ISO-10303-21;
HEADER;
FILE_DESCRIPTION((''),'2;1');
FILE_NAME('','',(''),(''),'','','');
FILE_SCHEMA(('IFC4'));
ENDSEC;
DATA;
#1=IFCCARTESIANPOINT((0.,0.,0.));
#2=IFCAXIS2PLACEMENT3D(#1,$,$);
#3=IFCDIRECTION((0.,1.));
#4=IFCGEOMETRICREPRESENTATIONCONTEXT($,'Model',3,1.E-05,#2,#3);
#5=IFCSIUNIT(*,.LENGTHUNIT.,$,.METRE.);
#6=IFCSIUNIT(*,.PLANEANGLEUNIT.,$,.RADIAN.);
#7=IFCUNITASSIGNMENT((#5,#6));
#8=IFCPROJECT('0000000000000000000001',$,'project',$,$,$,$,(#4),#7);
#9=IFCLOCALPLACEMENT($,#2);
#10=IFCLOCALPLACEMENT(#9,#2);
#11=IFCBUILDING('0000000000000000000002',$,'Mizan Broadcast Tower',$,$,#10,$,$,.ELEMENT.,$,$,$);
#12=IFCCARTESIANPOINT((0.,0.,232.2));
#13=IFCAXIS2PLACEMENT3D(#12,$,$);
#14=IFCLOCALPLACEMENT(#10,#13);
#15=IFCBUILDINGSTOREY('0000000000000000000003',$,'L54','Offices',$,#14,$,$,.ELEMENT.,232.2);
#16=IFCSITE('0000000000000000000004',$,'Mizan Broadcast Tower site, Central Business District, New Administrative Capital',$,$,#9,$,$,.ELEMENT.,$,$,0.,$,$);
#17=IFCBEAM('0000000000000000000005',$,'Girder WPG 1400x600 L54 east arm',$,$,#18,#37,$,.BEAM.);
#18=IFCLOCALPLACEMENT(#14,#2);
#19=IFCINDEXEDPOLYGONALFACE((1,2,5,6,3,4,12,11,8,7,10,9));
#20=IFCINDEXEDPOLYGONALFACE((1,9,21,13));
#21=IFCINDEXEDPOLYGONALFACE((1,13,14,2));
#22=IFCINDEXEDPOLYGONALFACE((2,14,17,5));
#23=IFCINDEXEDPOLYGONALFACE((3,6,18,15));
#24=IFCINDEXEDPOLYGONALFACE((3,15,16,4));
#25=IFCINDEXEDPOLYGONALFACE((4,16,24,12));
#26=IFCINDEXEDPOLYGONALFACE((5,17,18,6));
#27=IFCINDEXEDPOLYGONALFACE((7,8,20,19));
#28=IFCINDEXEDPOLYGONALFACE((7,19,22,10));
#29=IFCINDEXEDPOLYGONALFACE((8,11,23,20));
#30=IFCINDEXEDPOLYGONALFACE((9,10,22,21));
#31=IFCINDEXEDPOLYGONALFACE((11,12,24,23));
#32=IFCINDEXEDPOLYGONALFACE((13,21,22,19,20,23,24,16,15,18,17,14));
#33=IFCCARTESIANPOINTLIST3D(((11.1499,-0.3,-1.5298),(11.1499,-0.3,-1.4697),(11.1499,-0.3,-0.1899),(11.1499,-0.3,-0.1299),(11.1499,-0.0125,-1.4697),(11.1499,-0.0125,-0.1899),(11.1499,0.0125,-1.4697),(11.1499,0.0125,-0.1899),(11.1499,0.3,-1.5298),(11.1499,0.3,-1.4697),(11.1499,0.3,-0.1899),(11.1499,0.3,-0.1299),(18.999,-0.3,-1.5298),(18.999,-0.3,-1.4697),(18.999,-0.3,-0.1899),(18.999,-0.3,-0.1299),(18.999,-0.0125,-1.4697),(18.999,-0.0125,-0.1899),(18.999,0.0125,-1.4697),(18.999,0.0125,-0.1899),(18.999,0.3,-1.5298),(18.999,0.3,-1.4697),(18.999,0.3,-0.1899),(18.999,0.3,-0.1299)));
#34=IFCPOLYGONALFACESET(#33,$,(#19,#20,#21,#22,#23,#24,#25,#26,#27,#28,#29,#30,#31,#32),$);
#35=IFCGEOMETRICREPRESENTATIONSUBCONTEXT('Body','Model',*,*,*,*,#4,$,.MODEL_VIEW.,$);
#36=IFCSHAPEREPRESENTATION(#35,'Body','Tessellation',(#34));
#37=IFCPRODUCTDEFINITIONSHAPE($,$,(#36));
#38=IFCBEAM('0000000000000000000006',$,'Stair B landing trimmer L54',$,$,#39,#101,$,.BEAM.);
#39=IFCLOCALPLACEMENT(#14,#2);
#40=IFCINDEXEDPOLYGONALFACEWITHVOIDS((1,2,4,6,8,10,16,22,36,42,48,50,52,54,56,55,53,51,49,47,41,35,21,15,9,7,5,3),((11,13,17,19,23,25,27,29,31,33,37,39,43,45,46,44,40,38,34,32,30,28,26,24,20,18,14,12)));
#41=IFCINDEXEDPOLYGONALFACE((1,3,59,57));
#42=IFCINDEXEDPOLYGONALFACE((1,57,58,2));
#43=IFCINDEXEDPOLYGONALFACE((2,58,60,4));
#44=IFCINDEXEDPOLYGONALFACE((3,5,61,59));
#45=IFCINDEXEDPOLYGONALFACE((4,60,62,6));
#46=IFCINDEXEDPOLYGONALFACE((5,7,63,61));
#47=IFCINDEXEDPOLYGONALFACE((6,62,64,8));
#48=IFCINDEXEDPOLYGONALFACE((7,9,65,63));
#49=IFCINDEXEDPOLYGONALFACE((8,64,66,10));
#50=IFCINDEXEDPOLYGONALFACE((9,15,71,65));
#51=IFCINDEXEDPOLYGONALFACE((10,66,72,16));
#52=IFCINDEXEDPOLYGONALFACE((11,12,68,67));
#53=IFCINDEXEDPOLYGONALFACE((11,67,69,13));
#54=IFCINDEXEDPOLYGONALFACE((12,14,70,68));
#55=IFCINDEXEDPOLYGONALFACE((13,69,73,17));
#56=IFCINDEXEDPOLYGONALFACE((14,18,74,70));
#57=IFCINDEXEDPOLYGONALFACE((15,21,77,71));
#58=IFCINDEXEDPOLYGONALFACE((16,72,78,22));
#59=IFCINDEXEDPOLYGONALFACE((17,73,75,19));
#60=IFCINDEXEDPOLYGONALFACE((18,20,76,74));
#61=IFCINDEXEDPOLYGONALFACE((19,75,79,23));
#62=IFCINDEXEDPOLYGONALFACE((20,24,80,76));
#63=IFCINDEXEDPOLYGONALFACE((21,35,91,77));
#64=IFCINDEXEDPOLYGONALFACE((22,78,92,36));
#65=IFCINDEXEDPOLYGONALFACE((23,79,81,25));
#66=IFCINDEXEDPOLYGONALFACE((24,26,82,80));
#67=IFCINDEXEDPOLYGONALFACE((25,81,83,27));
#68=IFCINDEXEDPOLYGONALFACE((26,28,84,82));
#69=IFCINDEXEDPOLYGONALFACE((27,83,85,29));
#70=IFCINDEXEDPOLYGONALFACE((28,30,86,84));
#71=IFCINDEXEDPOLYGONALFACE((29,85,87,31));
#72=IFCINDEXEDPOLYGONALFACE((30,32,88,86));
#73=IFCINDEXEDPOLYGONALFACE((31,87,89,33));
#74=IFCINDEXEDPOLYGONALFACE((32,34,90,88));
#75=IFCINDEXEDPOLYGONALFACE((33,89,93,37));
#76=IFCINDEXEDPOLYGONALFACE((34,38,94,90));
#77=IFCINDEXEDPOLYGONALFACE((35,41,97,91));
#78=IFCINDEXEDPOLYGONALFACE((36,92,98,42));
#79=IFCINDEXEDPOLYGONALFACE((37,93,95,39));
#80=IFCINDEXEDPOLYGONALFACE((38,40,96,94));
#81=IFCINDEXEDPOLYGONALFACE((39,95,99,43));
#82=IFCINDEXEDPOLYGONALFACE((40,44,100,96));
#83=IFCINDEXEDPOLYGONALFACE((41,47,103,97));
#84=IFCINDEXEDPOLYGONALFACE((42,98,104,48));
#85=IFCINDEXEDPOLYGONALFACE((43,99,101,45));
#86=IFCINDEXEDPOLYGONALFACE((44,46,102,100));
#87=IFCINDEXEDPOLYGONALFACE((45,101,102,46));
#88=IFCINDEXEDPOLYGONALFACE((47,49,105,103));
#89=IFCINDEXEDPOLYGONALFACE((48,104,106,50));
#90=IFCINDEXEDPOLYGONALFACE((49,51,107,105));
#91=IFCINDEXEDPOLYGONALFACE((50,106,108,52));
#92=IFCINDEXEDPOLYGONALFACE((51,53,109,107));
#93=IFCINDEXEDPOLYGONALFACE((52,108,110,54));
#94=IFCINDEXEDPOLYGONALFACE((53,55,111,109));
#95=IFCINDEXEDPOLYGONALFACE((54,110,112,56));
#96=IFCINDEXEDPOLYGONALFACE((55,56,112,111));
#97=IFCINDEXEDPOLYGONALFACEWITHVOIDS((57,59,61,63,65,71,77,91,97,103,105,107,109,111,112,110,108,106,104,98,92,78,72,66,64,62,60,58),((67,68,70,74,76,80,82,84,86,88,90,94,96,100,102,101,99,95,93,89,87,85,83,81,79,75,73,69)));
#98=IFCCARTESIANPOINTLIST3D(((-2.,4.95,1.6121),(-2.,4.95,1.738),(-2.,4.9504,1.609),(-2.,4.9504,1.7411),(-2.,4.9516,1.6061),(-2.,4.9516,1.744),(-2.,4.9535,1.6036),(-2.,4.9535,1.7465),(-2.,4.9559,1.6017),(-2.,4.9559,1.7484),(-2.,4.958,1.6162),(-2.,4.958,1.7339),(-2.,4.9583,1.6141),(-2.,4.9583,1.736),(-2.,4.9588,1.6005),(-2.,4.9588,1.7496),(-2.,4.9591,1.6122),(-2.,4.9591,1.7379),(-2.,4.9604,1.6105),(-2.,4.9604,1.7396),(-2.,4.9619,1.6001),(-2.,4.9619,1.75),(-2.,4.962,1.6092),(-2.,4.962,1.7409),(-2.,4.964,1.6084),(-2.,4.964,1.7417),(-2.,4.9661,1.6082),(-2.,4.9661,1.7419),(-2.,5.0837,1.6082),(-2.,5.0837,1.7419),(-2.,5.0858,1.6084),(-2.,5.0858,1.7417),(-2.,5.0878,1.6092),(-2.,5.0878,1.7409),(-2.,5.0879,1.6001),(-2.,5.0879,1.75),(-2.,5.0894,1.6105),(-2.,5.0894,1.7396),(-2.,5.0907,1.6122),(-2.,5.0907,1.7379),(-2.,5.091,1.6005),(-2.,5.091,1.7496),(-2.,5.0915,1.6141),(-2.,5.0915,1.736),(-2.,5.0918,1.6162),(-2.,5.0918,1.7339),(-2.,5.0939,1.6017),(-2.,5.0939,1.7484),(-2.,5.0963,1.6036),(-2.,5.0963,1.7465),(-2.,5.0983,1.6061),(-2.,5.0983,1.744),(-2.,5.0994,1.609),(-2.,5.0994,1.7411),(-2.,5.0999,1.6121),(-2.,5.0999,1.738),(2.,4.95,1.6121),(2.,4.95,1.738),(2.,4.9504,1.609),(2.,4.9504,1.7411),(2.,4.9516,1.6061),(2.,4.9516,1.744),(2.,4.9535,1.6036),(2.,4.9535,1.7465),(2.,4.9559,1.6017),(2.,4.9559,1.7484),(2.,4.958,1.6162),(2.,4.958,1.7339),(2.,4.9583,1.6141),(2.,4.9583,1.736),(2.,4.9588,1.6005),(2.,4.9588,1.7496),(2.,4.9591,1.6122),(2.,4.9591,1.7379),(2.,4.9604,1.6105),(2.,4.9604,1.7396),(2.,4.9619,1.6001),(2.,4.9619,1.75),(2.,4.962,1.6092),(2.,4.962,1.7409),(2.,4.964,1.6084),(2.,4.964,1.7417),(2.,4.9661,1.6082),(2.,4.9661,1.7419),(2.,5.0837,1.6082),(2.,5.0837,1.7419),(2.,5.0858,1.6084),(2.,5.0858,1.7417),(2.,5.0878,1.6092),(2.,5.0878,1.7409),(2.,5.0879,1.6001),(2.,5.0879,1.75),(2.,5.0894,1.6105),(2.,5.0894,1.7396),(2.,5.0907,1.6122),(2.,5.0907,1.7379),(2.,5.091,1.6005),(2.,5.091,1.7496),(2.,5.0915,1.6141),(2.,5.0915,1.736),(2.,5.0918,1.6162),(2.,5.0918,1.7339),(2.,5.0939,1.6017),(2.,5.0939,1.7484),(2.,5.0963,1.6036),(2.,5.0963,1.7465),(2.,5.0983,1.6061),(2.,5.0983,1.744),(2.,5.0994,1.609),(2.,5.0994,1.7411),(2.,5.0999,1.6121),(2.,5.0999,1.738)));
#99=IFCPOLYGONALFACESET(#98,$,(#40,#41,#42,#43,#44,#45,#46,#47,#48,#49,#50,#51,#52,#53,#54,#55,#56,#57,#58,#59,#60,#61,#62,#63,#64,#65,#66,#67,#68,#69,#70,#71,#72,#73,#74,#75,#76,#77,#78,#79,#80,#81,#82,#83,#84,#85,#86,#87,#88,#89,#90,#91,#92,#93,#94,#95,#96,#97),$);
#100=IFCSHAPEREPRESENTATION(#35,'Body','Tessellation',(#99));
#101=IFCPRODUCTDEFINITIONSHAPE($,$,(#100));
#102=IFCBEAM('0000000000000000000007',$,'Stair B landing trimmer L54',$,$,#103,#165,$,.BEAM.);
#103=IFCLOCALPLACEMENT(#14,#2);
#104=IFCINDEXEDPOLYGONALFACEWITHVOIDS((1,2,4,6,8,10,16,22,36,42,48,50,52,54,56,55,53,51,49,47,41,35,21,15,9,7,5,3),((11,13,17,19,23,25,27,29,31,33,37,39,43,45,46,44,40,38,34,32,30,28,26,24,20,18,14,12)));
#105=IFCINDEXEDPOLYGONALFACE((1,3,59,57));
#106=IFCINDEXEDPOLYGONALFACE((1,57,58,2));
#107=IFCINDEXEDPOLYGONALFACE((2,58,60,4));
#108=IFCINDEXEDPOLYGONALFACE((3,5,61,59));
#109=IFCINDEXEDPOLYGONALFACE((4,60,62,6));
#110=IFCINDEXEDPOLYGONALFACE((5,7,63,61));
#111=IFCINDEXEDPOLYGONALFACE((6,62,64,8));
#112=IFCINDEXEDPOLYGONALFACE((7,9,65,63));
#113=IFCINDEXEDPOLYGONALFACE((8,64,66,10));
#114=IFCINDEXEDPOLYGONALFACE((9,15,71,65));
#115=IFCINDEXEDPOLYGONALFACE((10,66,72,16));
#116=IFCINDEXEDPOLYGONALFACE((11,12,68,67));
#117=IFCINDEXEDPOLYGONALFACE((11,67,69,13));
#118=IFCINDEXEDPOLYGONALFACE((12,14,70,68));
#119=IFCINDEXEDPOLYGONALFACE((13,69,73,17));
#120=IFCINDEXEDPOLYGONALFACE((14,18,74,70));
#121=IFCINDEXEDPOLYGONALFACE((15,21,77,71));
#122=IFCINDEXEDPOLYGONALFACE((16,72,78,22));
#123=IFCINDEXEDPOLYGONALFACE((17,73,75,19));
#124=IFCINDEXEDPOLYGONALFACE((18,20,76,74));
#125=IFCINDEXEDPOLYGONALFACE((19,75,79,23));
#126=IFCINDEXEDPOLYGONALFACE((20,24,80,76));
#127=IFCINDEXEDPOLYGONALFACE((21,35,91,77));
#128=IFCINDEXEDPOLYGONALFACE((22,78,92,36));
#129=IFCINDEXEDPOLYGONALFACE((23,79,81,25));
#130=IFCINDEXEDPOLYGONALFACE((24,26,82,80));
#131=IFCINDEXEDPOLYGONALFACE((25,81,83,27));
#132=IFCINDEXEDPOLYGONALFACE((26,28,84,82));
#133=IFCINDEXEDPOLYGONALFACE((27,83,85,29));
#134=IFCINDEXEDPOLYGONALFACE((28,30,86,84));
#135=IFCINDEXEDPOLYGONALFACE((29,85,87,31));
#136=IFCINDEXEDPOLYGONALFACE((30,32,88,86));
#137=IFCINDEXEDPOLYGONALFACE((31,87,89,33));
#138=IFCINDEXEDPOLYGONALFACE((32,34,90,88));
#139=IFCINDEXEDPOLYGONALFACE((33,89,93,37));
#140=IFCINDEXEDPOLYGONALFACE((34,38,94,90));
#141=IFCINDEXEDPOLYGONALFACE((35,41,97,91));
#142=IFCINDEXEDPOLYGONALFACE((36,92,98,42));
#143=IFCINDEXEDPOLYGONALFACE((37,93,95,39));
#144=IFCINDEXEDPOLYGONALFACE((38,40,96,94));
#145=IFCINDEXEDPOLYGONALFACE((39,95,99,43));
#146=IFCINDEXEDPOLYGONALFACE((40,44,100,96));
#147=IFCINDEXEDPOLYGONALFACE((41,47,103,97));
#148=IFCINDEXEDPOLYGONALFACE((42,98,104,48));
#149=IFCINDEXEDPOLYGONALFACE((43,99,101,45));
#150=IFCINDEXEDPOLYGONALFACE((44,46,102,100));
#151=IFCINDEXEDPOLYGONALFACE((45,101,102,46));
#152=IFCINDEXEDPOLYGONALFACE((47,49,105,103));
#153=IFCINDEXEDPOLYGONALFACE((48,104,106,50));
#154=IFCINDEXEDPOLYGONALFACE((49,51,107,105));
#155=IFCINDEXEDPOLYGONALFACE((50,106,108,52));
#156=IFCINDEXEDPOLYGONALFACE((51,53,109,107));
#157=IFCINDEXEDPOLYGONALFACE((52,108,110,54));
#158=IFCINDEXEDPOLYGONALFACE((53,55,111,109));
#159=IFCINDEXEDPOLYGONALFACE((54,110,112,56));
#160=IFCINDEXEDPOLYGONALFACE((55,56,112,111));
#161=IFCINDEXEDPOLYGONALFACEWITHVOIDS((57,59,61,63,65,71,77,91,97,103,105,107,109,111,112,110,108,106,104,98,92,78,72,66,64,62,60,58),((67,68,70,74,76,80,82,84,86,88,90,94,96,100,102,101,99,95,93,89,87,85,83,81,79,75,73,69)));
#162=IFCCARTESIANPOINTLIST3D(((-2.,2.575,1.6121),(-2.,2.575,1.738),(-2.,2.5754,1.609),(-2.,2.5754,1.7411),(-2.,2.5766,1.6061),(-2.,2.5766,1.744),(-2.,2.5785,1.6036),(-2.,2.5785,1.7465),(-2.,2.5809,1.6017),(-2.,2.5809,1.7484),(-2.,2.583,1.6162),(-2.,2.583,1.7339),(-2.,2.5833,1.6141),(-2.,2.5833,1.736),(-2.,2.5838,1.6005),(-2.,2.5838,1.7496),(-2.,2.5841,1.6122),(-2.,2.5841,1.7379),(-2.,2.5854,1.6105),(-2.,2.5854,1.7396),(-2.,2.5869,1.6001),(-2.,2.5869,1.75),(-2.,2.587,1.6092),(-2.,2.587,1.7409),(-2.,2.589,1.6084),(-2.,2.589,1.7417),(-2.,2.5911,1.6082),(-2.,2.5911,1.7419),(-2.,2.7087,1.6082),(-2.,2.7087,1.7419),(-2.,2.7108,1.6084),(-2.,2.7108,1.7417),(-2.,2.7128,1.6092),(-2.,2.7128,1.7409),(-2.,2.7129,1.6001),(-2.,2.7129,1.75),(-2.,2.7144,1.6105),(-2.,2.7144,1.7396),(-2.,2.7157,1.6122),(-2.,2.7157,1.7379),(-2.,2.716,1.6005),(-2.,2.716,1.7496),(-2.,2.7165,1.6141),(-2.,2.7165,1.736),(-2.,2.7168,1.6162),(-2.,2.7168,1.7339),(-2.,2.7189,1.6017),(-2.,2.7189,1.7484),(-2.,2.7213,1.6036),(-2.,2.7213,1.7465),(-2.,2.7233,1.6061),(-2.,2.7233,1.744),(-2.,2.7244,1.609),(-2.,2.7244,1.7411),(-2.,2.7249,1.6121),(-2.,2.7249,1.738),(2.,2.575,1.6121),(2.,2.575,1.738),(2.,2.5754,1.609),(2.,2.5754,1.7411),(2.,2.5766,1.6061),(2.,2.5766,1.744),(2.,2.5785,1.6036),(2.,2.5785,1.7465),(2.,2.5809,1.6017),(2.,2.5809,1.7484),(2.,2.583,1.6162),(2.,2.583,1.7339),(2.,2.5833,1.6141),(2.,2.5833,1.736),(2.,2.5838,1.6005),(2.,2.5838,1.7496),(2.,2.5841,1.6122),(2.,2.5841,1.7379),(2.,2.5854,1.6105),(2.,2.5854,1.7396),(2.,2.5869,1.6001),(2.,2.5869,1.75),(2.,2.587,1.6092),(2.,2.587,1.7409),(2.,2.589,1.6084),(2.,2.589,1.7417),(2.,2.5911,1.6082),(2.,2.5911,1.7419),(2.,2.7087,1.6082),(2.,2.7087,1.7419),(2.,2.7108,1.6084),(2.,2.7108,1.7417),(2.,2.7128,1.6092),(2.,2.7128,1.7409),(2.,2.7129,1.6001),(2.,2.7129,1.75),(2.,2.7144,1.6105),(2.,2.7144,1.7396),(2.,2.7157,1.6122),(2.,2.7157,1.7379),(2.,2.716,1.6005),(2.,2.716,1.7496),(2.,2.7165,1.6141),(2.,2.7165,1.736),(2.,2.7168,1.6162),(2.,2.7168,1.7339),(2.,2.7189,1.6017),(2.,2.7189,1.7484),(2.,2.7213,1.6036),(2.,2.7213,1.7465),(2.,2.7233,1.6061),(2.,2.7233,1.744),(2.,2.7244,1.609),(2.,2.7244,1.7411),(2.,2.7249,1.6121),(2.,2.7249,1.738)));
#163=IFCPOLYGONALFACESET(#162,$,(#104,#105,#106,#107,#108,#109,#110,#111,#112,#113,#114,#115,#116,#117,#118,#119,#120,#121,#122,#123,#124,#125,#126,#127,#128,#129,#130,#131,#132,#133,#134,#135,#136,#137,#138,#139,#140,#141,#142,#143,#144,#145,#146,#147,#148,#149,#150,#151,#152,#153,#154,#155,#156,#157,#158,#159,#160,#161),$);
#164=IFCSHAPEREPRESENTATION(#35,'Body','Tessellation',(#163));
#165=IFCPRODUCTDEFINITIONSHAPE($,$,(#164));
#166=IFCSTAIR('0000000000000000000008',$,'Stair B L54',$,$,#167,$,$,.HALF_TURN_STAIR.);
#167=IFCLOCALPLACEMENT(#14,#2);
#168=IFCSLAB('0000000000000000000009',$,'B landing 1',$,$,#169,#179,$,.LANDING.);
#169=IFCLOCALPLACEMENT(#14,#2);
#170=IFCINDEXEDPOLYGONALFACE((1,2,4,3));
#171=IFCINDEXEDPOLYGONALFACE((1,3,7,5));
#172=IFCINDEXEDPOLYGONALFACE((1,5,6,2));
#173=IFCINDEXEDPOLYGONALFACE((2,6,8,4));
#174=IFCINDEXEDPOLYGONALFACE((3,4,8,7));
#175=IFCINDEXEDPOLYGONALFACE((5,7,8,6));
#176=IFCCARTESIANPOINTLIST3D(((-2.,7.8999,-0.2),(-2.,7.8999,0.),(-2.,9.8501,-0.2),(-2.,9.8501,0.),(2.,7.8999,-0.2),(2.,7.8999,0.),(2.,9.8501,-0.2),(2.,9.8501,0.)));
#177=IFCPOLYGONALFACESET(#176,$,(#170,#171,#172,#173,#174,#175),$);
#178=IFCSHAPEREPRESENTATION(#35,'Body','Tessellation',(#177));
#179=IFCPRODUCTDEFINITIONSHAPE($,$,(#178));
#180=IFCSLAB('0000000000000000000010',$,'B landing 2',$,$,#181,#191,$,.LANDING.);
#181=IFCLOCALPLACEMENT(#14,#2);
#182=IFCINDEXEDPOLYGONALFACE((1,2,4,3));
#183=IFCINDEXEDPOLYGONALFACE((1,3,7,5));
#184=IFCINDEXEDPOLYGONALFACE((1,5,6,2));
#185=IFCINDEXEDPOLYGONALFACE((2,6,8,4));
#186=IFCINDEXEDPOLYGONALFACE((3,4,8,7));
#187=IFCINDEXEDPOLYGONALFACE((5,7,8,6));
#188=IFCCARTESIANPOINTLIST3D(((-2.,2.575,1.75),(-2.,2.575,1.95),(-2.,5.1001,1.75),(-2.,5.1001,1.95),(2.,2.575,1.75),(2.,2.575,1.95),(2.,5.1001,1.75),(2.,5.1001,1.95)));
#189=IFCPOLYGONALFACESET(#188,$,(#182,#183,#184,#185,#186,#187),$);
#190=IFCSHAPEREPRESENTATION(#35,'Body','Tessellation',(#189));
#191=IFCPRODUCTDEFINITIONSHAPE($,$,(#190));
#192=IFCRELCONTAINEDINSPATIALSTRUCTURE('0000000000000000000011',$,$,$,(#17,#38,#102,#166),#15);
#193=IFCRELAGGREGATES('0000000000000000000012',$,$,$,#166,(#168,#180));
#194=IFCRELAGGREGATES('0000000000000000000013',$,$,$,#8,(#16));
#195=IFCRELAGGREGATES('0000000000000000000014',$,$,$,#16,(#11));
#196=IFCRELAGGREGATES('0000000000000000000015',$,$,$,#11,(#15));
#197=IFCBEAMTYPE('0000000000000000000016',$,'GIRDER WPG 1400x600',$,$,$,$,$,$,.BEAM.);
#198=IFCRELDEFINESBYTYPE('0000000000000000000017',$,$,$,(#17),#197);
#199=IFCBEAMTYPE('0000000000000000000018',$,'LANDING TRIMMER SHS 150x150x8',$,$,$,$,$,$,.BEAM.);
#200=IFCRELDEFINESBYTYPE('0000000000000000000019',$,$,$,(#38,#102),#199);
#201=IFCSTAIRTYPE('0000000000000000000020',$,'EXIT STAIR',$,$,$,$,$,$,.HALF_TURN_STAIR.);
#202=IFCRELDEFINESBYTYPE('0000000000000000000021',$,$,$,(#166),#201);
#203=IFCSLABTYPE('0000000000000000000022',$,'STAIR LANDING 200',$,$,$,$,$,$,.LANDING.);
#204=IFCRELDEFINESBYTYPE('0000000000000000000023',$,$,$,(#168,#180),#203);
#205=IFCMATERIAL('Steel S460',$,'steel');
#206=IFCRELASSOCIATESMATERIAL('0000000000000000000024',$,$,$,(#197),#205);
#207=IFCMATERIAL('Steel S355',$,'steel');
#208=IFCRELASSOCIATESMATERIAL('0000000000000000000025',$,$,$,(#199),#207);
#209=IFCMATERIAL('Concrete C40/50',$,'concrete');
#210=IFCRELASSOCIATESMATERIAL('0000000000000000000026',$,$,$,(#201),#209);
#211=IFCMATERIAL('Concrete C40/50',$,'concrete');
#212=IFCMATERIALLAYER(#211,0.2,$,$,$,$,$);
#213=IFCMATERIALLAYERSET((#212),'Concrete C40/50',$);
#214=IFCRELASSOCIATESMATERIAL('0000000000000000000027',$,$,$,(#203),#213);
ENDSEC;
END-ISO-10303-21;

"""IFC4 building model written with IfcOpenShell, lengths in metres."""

from ifc_helpers import new_model, si_unit, direction, frame, origin, origin_2d, place, context, subcontext, project, spatial, polyline, hollow_rectangle, i_section, outline, extrude, material, layer, layer_set, material_profile, profile_set, type_object, element, aggregate, save


model = new_model("IFC4")

# Units and contexts
model_context = context("Model", 3, precision=1e-05, world=origin(), true_north=direction((0.0, 1.0)))
body_context = subcontext(model_context, "Body", "Model", "MODEL_VIEW")
ifc_project = project(units=[si_unit("LENGTHUNIT", "METRE"), si_unit("PLANEANGLEUNIT", "RADIAN")], contexts=[model_context])

# Site, building, storey
site_placement = place(None, origin())
site = spatial("IfcSite", under=ifc_project, at=site_placement, Name="Mizan Broadcast Tower site, Central Business District, New Administrative Capital", CompositionType="ELEMENT", RefElevation=0.0)
building_placement = place(site_placement, origin())
building = spatial("IfcBuilding", under=site, at=building_placement, Name="Mizan Broadcast Tower", CompositionType="ELEMENT")
storey_placement = place(building_placement, frame((0.0, 0.0, 232.2)))
storey = spatial("IfcBuildingStorey", under=building, at=storey_placement, Name="L54", Description="Offices", CompositionType="ELEMENT", Elevation=232.2)

# Beams
ifc_material_1 = material(Name="Steel S460", Category="steel")
ifc_material_profile_1 = material_profile(ifc_material_1, i_section(OverallWidth=0.6001, OverallDepth=1.3999, WebThickness=0.0249, FlangeThickness=0.0601, at=origin_2d()), Name="WPG 1400x600")
ifc_profile_set_1 = profile_set([ifc_material_profile_1], Name="Steel S460")
beam_type_1 = type_object("IfcBeamType", Name="GIRDER WPG 1400x600", PredefinedType="BEAM", material=ifc_profile_set_1)
beam_placement = place(storey_placement, frame((11.1499, 0.0, -0.8298), z_axis=(1.0, 0.0, 0.0), x_axis=(0.0, 1.0, 0.0)))
element("IfcBeam", 1, at=beam_placement, inside=storey, type_object=beam_type_1, Name="Girder WPG 1400x600 L54 east arm", PredefinedType="BEAM", context=body_context, shape_type="SweptSolid", body=[
    extrude(i_section(OverallWidth=0.6001, OverallDepth=1.3999, WebThickness=0.0249, FlangeThickness=0.0601, at=origin_2d()), origin(), (0.0, 0.0, 1.0), 7.8491),
])
ifc_material_2 = material(Name="Steel S355", Category="steel")
ifc_material_profile_2 = material_profile(ifc_material_2, hollow_rectangle(XDim=0.1499, YDim=0.1499, WallThickness=0.0081, InnerFilletRadius=0.0081, OuterFilletRadius=0.012, at=origin_2d()), Name="SHS 150x150x8")
ifc_profile_set_2 = profile_set([ifc_material_profile_2], Name="Steel S355")
beam_type_2 = type_object("IfcBeamType", Name="LANDING TRIMMER SHS 150x150x8", PredefinedType="BEAM", material=ifc_profile_set_2)
for number, where, z_axis, x_axis, name in (
    (2, (2.0, 5.0249, 1.675), (-1.0, 0.0, 0.0), (0.0, -1.0, 0.0), "Stair B landing trimmer L54"),
    (3, (2.0, 2.6499, 1.675), (-1.0, 0.0, 0.0), (0.0, -1.0, 0.0), "Stair B landing trimmer L54"),
):
    element("IfcBeam", number, at=place(storey_placement, frame(where, z_axis=z_axis, x_axis=x_axis)), inside=storey, type_object=beam_type_2, Name=name, PredefinedType="BEAM", context=body_context, shape_type="SweptSolid", body=[
        extrude(hollow_rectangle(XDim=0.1499, YDim=0.1499, WallThickness=0.0081, InnerFilletRadius=0.0081, OuterFilletRadius=0.012, at=origin_2d()), origin(), (0.0, 0.0, 1.0), 4.0),
    ])

# Stair, slabs
ifc_material_3 = material(Name="Concrete C40/50", Category="concrete")
stair_type = type_object("IfcStairType", Name="EXIT STAIR", PredefinedType="HALF_TURN_STAIR", material=ifc_material_3)
stair_placement = place(storey_placement, origin())
stair = element("IfcStair", 4, at=stair_placement, inside=storey, type_object=stair_type, Name="Stair B L54", PredefinedType="HALF_TURN_STAIR")
ifc_material_4 = material(Name="Concrete C40/50", Category="concrete")
ifc_layer_1 = layer(ifc_material_4, 0.2)
ifc_layer_set_1 = layer_set([ifc_layer_1], Name="Concrete C40/50")
slab_type = type_object("IfcSlabType", Name="STAIR LANDING 200", PredefinedType="LANDING", material=ifc_layer_set_1)
slab_1_placement = place(storey_placement, frame((0.0, 0.0, -0.2)))
slab_1 = element("IfcSlab", 5, at=slab_1_placement, type_object=slab_type, Name="B landing 1", PredefinedType="LANDING", context=body_context, shape_type="SweptSolid", body=[
    extrude(outline(polyline([(2.0, 9.8501), (2.0, 7.8999), (-2.0, 7.8999), (-2.0, 9.8501), (2.0, 9.8501)])), origin(), (0.0, 0.0, 1.0), 0.2),
])
slab_2_placement = place(storey_placement, frame((0.0, 0.0, 1.75)))
slab_2 = element("IfcSlab", 6, at=slab_2_placement, type_object=slab_type, Name="B landing 2", PredefinedType="LANDING", context=body_context, shape_type="SweptSolid", body=[
    extrude(outline(polyline([(2.0, 5.1001), (2.0, 2.575), (-2.0, 2.575), (-2.0, 5.1001), (2.0, 5.1001)])), origin(), (0.0, 0.0, 1.0), 0.2),
])

aggregate(stair, [slab_1, slab_2])

save(model, "model.ifc")
